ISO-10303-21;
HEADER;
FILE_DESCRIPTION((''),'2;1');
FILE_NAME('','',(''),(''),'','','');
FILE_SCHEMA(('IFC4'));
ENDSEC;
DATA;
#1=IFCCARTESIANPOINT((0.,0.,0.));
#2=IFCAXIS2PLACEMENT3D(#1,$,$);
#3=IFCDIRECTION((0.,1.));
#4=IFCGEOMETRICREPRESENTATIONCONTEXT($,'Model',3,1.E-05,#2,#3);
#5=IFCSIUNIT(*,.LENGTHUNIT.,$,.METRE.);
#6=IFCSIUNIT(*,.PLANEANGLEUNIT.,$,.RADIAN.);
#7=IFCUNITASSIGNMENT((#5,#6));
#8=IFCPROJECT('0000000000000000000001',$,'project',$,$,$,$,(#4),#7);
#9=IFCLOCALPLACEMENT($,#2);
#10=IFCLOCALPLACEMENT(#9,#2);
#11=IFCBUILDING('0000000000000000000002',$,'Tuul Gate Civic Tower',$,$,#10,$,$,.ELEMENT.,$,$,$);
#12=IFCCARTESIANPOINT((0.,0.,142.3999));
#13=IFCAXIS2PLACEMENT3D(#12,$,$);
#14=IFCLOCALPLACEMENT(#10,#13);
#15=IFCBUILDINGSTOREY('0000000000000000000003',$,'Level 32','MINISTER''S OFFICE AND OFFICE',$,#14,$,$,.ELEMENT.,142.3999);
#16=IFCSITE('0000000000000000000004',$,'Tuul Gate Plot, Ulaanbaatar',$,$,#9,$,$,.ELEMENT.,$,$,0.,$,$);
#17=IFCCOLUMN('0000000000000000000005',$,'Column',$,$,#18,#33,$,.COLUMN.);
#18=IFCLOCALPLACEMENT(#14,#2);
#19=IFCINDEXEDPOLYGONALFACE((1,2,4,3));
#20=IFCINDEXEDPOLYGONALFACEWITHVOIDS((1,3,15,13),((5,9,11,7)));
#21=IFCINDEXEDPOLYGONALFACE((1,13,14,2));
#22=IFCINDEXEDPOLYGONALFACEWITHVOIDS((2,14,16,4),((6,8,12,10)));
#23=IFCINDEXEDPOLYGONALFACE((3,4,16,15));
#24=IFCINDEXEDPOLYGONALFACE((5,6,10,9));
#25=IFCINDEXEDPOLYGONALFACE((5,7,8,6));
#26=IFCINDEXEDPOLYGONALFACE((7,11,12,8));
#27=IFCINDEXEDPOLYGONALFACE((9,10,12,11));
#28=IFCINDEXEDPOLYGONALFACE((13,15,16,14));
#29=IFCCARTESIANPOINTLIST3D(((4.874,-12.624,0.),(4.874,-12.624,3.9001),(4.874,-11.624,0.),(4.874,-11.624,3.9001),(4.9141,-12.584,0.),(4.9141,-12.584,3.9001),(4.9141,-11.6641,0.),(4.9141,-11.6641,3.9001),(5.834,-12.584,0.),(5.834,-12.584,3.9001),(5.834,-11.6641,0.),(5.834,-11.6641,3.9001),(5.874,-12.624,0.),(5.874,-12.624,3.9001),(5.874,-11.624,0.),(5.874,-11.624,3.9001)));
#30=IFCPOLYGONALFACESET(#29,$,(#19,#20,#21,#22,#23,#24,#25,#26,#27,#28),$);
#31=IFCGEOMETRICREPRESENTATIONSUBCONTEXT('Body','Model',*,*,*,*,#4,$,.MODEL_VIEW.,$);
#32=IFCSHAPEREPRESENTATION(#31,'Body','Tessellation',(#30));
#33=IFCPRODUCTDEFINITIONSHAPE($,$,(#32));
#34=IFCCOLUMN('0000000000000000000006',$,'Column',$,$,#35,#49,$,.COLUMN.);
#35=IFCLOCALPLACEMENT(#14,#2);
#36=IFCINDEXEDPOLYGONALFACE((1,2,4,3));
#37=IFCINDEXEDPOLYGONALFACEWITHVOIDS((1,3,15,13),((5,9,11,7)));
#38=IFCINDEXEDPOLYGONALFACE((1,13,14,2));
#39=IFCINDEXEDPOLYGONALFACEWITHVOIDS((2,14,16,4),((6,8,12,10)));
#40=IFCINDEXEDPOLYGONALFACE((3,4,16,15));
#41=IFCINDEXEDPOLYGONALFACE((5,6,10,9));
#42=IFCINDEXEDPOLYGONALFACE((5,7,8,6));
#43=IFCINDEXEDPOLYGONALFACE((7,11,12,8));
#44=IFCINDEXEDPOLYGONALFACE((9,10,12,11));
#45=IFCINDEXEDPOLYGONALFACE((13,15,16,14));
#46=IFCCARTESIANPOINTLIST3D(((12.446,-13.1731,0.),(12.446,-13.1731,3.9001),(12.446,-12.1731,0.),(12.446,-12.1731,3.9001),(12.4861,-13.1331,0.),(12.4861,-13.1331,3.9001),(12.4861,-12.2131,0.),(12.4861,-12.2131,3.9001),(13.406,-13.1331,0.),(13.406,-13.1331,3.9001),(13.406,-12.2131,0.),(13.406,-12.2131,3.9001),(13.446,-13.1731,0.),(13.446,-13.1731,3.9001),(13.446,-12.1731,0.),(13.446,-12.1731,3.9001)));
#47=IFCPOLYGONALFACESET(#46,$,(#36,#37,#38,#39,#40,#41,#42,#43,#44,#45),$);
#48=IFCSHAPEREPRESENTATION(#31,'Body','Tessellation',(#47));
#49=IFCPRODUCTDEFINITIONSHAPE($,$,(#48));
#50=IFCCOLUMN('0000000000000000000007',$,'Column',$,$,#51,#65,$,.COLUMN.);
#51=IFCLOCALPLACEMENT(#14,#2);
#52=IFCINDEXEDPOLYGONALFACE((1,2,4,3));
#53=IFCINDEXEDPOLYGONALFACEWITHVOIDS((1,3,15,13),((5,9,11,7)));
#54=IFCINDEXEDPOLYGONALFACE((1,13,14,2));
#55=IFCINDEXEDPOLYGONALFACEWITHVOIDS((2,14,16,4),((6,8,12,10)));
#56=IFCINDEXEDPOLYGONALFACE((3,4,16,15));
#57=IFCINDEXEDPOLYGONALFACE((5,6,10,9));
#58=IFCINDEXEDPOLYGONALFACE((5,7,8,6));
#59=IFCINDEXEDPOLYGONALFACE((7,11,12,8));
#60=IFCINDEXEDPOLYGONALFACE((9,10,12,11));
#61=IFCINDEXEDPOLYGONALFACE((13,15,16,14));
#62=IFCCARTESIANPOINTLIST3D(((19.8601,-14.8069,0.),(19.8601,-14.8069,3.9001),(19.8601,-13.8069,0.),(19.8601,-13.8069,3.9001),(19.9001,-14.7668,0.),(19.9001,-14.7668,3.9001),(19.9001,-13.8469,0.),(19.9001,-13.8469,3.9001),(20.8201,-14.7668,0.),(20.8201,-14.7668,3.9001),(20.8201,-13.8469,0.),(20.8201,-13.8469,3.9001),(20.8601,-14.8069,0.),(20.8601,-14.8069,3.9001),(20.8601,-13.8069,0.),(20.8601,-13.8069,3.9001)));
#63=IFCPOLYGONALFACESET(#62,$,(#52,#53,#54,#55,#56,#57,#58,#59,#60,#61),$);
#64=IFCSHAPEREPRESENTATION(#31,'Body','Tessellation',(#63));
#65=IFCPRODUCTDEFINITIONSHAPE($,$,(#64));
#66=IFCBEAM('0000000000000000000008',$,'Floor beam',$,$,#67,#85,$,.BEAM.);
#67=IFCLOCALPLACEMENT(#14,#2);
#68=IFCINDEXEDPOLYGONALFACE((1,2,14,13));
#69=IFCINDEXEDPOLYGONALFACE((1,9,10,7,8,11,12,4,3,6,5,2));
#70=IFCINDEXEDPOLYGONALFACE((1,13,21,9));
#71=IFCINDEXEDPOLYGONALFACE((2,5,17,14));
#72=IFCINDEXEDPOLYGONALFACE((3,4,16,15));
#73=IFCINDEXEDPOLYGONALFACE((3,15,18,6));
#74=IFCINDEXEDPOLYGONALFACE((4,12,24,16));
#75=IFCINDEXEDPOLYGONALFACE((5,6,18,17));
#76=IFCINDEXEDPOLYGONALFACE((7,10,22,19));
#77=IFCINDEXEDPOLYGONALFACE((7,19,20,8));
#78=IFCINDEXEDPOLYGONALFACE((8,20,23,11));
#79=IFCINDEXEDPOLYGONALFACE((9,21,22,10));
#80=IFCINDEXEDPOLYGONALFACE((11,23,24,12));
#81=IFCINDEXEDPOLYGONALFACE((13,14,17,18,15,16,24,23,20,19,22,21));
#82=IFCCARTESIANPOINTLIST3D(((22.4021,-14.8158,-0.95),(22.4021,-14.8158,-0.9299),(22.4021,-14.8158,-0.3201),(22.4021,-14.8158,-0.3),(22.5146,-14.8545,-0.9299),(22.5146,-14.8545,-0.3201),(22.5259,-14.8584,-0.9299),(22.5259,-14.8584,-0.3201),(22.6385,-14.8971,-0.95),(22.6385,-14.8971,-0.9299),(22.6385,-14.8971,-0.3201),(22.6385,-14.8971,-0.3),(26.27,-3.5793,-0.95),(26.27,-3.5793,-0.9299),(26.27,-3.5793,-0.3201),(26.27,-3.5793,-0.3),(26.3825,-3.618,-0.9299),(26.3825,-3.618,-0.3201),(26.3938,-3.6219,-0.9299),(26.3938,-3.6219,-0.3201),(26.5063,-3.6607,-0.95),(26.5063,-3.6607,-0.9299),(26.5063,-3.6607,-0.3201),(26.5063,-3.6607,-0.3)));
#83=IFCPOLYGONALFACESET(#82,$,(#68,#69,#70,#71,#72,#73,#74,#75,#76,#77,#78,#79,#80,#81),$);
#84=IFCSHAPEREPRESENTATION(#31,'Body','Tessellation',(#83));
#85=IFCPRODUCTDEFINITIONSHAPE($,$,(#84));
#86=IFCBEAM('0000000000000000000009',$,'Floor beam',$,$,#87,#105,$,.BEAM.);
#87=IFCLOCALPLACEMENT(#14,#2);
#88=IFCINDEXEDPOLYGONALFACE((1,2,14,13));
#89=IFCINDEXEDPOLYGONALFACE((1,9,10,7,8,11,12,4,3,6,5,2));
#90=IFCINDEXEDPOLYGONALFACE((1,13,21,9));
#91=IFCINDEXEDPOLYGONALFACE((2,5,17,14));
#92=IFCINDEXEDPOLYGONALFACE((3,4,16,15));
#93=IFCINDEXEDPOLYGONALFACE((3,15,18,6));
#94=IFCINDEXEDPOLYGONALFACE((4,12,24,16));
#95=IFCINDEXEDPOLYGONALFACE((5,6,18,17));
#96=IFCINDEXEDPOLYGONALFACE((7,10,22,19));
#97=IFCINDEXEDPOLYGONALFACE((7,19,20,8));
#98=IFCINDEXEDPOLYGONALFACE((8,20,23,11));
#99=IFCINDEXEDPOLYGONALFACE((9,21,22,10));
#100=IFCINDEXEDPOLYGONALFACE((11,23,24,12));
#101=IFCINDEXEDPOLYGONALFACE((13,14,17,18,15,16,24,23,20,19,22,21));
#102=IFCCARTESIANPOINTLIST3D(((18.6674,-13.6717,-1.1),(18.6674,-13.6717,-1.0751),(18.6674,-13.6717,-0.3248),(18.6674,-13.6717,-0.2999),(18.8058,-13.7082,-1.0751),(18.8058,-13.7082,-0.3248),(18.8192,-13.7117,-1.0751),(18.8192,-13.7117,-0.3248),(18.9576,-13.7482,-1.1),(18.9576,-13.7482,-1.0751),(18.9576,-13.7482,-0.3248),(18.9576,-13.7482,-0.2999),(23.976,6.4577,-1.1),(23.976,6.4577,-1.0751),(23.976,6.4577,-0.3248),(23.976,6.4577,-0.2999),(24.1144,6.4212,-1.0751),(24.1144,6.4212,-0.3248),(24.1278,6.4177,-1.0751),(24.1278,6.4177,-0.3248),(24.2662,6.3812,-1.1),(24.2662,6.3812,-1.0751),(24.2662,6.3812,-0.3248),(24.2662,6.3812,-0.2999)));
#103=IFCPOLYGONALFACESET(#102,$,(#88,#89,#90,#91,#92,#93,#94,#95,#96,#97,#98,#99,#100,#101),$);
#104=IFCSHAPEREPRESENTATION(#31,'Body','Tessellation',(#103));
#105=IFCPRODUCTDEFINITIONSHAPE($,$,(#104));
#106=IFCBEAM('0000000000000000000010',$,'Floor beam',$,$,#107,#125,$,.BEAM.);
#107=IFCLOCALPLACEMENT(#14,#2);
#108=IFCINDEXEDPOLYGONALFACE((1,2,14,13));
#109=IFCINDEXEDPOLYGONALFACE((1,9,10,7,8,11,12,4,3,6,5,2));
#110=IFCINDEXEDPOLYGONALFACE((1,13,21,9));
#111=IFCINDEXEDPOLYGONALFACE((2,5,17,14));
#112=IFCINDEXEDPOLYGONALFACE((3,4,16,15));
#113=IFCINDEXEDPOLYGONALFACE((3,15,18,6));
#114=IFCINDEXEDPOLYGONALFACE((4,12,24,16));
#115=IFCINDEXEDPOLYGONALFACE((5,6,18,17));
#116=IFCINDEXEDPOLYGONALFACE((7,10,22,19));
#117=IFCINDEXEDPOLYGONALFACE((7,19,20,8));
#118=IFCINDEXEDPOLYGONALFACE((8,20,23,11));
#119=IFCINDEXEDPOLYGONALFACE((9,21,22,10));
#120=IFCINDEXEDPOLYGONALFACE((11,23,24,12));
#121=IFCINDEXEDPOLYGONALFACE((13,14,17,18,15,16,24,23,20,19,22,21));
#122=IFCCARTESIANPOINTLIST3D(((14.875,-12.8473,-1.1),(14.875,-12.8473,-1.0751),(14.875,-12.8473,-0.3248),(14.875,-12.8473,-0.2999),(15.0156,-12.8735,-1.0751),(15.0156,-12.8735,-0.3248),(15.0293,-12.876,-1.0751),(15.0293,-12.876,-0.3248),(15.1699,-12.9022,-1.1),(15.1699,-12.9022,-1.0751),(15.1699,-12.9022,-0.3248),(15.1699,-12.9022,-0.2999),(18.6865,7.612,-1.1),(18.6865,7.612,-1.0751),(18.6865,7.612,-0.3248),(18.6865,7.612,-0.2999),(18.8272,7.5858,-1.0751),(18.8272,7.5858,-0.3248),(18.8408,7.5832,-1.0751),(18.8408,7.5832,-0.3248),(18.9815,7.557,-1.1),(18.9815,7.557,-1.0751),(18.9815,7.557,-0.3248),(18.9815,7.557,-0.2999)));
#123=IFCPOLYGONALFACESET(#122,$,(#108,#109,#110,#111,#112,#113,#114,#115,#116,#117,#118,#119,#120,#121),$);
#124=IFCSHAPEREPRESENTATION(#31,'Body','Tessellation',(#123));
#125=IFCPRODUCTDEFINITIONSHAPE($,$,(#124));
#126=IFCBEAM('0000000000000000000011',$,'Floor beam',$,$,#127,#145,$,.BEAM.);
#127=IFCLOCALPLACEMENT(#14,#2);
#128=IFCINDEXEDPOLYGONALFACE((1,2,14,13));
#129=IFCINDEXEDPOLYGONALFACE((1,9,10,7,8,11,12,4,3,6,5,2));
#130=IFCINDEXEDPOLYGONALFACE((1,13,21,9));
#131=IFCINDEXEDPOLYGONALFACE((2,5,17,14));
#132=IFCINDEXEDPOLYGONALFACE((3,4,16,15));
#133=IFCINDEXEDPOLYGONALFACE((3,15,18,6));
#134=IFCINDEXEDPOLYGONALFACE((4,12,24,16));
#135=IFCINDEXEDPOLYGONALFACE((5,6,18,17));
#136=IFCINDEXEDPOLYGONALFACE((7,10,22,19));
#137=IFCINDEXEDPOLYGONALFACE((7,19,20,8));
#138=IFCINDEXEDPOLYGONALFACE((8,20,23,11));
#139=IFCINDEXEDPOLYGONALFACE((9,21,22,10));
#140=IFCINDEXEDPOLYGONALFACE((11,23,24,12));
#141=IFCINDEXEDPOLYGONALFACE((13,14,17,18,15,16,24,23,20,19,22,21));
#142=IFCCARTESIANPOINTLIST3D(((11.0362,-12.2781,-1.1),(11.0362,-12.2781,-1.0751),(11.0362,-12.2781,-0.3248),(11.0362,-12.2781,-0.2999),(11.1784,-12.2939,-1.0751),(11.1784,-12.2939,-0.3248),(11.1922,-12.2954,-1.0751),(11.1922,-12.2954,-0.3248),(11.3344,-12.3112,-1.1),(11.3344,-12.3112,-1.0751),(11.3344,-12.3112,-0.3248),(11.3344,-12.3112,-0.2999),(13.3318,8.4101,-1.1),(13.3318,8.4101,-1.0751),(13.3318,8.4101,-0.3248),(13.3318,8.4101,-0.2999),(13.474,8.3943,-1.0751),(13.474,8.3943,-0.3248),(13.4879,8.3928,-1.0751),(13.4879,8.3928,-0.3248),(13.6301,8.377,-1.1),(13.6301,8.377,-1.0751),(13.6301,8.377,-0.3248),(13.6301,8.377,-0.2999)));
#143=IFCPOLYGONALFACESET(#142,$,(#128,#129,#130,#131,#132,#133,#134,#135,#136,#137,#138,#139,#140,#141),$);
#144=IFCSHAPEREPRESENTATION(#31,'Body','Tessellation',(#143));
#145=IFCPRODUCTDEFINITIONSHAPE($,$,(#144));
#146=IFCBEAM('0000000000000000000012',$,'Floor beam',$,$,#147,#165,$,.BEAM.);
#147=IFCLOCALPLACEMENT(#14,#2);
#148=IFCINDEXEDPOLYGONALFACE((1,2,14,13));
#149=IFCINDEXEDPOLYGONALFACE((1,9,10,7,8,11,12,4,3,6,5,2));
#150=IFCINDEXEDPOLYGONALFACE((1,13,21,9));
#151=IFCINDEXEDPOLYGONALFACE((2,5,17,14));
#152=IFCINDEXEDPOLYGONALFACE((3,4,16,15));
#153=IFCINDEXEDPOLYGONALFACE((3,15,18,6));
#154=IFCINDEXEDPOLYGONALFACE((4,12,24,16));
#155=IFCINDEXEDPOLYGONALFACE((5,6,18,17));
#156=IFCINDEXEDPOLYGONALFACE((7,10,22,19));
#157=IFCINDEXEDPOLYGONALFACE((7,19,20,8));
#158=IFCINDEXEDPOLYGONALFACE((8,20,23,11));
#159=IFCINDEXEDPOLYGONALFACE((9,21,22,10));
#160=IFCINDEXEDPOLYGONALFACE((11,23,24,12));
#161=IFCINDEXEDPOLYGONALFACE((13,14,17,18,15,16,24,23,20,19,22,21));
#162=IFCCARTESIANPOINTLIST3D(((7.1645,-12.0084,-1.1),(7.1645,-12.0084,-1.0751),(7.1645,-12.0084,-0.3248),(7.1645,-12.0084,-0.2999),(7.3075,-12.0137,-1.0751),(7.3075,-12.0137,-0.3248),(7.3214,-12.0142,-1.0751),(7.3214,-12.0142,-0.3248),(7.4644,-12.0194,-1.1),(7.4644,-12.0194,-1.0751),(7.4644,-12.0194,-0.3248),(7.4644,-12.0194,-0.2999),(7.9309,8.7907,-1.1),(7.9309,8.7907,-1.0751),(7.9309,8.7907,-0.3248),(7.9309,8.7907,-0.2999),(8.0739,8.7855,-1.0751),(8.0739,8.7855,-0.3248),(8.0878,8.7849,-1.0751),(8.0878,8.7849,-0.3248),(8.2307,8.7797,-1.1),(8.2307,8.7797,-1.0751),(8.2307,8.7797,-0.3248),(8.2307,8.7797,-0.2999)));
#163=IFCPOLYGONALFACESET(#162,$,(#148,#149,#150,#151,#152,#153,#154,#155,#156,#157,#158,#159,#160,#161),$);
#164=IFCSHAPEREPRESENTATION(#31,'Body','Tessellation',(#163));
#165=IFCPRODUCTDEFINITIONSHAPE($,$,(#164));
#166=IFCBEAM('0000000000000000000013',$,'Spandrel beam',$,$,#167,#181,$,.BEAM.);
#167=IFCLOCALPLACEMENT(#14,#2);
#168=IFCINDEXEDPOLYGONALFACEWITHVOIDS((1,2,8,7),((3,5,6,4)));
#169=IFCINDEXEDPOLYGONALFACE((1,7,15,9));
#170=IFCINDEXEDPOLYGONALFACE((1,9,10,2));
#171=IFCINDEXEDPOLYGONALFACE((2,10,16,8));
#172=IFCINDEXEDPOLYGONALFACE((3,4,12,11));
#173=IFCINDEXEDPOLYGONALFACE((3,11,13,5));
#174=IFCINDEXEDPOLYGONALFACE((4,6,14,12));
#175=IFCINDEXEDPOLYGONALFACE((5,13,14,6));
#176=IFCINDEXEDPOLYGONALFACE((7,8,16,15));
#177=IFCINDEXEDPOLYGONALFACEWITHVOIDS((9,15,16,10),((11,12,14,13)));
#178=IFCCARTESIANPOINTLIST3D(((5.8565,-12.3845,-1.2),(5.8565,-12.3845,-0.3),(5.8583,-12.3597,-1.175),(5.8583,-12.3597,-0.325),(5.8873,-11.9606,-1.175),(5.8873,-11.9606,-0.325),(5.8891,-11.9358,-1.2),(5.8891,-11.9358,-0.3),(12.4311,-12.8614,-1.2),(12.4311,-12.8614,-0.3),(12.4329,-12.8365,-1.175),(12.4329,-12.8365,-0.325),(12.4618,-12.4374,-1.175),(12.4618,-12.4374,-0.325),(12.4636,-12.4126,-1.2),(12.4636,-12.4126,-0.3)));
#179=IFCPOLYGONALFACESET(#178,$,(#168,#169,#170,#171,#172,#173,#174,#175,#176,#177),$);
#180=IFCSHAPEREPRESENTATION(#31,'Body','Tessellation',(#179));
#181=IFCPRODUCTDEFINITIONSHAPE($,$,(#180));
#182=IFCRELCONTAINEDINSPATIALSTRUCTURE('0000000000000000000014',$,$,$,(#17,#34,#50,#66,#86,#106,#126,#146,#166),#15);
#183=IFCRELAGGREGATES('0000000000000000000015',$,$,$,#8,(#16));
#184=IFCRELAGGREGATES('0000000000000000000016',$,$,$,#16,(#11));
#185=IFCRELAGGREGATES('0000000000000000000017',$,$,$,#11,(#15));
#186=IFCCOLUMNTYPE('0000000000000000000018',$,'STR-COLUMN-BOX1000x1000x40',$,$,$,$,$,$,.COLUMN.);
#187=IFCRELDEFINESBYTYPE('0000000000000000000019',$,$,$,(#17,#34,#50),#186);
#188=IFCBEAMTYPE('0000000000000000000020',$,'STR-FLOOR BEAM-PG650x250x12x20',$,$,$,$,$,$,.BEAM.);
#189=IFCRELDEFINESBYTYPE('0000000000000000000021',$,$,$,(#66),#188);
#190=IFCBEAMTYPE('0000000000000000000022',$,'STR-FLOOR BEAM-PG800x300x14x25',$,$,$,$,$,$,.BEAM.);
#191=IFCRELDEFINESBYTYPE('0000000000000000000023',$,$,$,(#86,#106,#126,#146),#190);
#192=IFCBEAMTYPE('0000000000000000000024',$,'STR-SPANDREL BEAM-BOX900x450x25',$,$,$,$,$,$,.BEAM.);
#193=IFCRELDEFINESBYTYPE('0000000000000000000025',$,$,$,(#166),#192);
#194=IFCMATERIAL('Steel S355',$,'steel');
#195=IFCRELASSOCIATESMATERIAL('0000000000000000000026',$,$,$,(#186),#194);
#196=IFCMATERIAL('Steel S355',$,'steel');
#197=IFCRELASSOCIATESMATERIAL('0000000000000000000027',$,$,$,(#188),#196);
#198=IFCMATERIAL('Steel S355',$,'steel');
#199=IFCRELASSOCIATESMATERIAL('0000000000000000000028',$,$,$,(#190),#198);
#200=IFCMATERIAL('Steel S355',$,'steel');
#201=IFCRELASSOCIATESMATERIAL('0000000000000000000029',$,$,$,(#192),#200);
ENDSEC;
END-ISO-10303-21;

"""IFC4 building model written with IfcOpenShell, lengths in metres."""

from ifc_helpers import new_model, si_unit, direction, frame, origin, origin_2d, place, context, subcontext, project, spatial, hollow_rectangle, i_section, extrude, material, material_profile, profile_set, type_object, element, save


model = new_model("IFC4")

# Units and contexts
model_context = context("Model", 3, precision=1e-05, world=origin(), true_north=direction((0.0, 1.0)))
body_context = subcontext(model_context, "Body", "Model", "MODEL_VIEW")
ifc_project = project(units=[si_unit("LENGTHUNIT", "METRE"), si_unit("PLANEANGLEUNIT", "RADIAN")], contexts=[model_context])

# Site, building, storey
site_placement = place(None, origin())
site = spatial("IfcSite", under=ifc_project, at=site_placement, Name="Tuul Gate Plot, Ulaanbaatar", CompositionType="ELEMENT", RefElevation=0.0)
building_placement = place(site_placement, origin())
building = spatial("IfcBuilding", under=site, at=building_placement, Name="Tuul Gate Civic Tower", CompositionType="ELEMENT")
storey_placement = place(building_placement, frame((0.0, 0.0, 142.3999)))
storey = spatial("IfcBuildingStorey", under=building, at=storey_placement, Name="Level 32", Description="MINISTER'S OFFICE AND OFFICE", CompositionType="ELEMENT", Elevation=142.3999)

# Columns
ifc_material_1 = material(Name="Steel S355", Category="steel")
ifc_material_profile_1 = material_profile(ifc_material_1, hollow_rectangle(XDim=1.0, YDim=1.0, WallThickness=0.04, at=origin_2d()), Name="BOX1000x1000x40")
ifc_profile_set_1 = profile_set([ifc_material_profile_1], Name="Steel S355")
column_type = type_object("IfcColumnType", Name="STR-COLUMN-BOX1000x1000x40", PredefinedType="COLUMN", material=ifc_profile_set_1)
for number, where, z_axis, x_axis, name in (
    (1, (5.374, -12.124, 0.0), (0.0, 0.0, 1.0), (1.0, 0.0, 0.0), "Column"),
    (2, (12.946, -12.6731, 0.0), (0.0, 0.0, 1.0), (1.0, 0.0, 0.0), "Column"),
    (3, (20.3601, -14.3069, 0.0), (0.0, 0.0, 1.0), (1.0, 0.0, 0.0), "Column"),
):
    element("IfcColumn", number, at=place(storey_placement, frame(where, z_axis=z_axis, x_axis=x_axis)), inside=storey, type_object=column_type, Name=name, PredefinedType="COLUMN", context=body_context, shape_type="SweptSolid", body=[
        extrude(hollow_rectangle(XDim=1.0, YDim=1.0, WallThickness=0.04, at=origin_2d()), origin(), (0.0, 0.0, 1.0), 3.9001),
    ])

# Beams
ifc_material_2 = material(Name="Steel S355", Category="steel")
ifc_material_profile_2 = material_profile(ifc_material_2, i_section(OverallWidth=0.25, OverallDepth=0.6499, WebThickness=0.012, FlangeThickness=0.02, at=origin_2d()), Name="PG650x250x12x20")
ifc_profile_set_2 = profile_set([ifc_material_profile_2], Name="Steel S355")
beam_type_1 = type_object("IfcBeamType", Name="STR-FLOOR BEAM-PG650x250x12x20", PredefinedType="BEAM", material=ifc_profile_set_2)
beam_1_placement = place(storey_placement, frame((22.5203, -14.8564, -0.625), z_axis=(0.325482, 0.945548, 0.0), x_axis=(-0.945548, 0.325482, 0.0)))
element("IfcBeam", 4, at=beam_1_placement, inside=storey, type_object=beam_type_1, Name="Floor beam", PredefinedType="BEAM", context=body_context, shape_type="SweptSolid", body=[
    extrude(i_section(OverallWidth=0.25, OverallDepth=0.6499, WebThickness=0.012, FlangeThickness=0.02, at=origin_2d()), origin(), (0.0, 0.0, 1.0), 11.8835),
])
ifc_material_3 = material(Name="Steel S355", Category="steel")
ifc_material_profile_3 = material_profile(ifc_material_3, i_section(OverallWidth=0.3, OverallDepth=0.8, WebThickness=0.0139, FlangeThickness=0.0249, at=origin_2d()), Name="PG800x300x14x25")
ifc_profile_set_3 = profile_set([ifc_material_profile_3], Name="Steel S355")
beam_type_2 = type_object("IfcBeamType", Name="STR-FLOOR BEAM-PG800x300x14x25", PredefinedType="BEAM", material=ifc_profile_set_3)
beam_2_placement = place(storey_placement, frame((18.8125, -13.71, -0.7), z_axis=(0.255005, 0.96694, 0.0), x_axis=(-0.96694, 0.255005, 0.0)))
element("IfcBeam", 5, at=beam_2_placement, inside=storey, type_object=beam_type_2, Name="Floor beam", PredefinedType="BEAM", context=body_context, shape_type="SweptSolid", body=[
    extrude(i_section(OverallWidth=0.3, OverallDepth=0.8, WebThickness=0.0139, FlangeThickness=0.0249, at=origin_2d()), origin(), (0.0, 0.0, 1.0), 20.8176),
])
beam_3_placement = place(storey_placement, frame((15.0225, -12.8748, -0.7), z_axis=(0.183147, 0.983085, 0.0), x_axis=(-0.983085, 0.183147, 0.0)))
element("IfcBeam", 6, at=beam_3_placement, inside=storey, type_object=beam_type_2, Name="Floor beam", PredefinedType="BEAM", context=body_context, shape_type="SweptSolid", body=[
    extrude(i_section(OverallWidth=0.3, OverallDepth=0.8, WebThickness=0.0139, FlangeThickness=0.0249, at=origin_2d()), origin(), (0.0, 0.0, 1.0), 20.8113),
])
beam_4_placement = place(storey_placement, frame((11.1853, -12.2947, -0.7), z_axis=(0.110287, 0.9939, 0.0), x_axis=(-0.9939, 0.110287, 0.0)))
element("IfcBeam", 7, at=beam_4_placement, inside=storey, type_object=beam_type_2, Name="Floor beam", PredefinedType="BEAM", context=body_context, shape_type="SweptSolid", body=[
    extrude(i_section(OverallWidth=0.3, OverallDepth=0.8, WebThickness=0.0139, FlangeThickness=0.0249, at=origin_2d()), origin(), (0.0, 0.0, 1.0), 20.8152),
])
beam_5_placement = place(storey_placement, frame((7.3145, -12.0139, -0.7), z_axis=(0.036821, 0.999322, 0.0), x_axis=(-0.999322, 0.036821, 0.0)))
element("IfcBeam", 8, at=beam_5_placement, inside=storey, type_object=beam_type_2, Name="Floor beam", PredefinedType="BEAM", context=body_context, shape_type="SweptSolid", body=[
    extrude(i_section(OverallWidth=0.3, OverallDepth=0.8, WebThickness=0.0139, FlangeThickness=0.0249, at=origin_2d()), origin(), (0.0, 0.0, 1.0), 20.8132),
])
ifc_material_4 = material(Name="Steel S355", Category="steel")
ifc_material_profile_4 = material_profile(ifc_material_4, hollow_rectangle(XDim=0.45, YDim=0.8999, WallThickness=0.0249, at=origin_2d()), Name="BOX900x450x25")
ifc_profile_set_4 = profile_set([ifc_material_profile_4], Name="Steel S355")
beam_type_3 = type_object("IfcBeamType", Name="STR-SPANDREL BEAM-BOX900x450x25", PredefinedType="BEAM", material=ifc_profile_set_4)
beam_6_placement = place(storey_placement, frame((5.8728, -12.1602, -0.75), z_axis=(0.99738, -0.072334, 0.0), x_axis=(0.072334, 0.99738, 0.0)))
element("IfcBeam", 9, at=beam_6_placement, inside=storey, type_object=beam_type_3, Name="Spandrel beam", PredefinedType="BEAM", context=body_context, shape_type="SweptSolid", body=[
    extrude(hollow_rectangle(XDim=0.45, YDim=0.8999, WallThickness=0.0249, at=origin_2d()), origin(), (0.0, 0.0, 1.0), 6.5918),
])

save(model, "model.ifc")
